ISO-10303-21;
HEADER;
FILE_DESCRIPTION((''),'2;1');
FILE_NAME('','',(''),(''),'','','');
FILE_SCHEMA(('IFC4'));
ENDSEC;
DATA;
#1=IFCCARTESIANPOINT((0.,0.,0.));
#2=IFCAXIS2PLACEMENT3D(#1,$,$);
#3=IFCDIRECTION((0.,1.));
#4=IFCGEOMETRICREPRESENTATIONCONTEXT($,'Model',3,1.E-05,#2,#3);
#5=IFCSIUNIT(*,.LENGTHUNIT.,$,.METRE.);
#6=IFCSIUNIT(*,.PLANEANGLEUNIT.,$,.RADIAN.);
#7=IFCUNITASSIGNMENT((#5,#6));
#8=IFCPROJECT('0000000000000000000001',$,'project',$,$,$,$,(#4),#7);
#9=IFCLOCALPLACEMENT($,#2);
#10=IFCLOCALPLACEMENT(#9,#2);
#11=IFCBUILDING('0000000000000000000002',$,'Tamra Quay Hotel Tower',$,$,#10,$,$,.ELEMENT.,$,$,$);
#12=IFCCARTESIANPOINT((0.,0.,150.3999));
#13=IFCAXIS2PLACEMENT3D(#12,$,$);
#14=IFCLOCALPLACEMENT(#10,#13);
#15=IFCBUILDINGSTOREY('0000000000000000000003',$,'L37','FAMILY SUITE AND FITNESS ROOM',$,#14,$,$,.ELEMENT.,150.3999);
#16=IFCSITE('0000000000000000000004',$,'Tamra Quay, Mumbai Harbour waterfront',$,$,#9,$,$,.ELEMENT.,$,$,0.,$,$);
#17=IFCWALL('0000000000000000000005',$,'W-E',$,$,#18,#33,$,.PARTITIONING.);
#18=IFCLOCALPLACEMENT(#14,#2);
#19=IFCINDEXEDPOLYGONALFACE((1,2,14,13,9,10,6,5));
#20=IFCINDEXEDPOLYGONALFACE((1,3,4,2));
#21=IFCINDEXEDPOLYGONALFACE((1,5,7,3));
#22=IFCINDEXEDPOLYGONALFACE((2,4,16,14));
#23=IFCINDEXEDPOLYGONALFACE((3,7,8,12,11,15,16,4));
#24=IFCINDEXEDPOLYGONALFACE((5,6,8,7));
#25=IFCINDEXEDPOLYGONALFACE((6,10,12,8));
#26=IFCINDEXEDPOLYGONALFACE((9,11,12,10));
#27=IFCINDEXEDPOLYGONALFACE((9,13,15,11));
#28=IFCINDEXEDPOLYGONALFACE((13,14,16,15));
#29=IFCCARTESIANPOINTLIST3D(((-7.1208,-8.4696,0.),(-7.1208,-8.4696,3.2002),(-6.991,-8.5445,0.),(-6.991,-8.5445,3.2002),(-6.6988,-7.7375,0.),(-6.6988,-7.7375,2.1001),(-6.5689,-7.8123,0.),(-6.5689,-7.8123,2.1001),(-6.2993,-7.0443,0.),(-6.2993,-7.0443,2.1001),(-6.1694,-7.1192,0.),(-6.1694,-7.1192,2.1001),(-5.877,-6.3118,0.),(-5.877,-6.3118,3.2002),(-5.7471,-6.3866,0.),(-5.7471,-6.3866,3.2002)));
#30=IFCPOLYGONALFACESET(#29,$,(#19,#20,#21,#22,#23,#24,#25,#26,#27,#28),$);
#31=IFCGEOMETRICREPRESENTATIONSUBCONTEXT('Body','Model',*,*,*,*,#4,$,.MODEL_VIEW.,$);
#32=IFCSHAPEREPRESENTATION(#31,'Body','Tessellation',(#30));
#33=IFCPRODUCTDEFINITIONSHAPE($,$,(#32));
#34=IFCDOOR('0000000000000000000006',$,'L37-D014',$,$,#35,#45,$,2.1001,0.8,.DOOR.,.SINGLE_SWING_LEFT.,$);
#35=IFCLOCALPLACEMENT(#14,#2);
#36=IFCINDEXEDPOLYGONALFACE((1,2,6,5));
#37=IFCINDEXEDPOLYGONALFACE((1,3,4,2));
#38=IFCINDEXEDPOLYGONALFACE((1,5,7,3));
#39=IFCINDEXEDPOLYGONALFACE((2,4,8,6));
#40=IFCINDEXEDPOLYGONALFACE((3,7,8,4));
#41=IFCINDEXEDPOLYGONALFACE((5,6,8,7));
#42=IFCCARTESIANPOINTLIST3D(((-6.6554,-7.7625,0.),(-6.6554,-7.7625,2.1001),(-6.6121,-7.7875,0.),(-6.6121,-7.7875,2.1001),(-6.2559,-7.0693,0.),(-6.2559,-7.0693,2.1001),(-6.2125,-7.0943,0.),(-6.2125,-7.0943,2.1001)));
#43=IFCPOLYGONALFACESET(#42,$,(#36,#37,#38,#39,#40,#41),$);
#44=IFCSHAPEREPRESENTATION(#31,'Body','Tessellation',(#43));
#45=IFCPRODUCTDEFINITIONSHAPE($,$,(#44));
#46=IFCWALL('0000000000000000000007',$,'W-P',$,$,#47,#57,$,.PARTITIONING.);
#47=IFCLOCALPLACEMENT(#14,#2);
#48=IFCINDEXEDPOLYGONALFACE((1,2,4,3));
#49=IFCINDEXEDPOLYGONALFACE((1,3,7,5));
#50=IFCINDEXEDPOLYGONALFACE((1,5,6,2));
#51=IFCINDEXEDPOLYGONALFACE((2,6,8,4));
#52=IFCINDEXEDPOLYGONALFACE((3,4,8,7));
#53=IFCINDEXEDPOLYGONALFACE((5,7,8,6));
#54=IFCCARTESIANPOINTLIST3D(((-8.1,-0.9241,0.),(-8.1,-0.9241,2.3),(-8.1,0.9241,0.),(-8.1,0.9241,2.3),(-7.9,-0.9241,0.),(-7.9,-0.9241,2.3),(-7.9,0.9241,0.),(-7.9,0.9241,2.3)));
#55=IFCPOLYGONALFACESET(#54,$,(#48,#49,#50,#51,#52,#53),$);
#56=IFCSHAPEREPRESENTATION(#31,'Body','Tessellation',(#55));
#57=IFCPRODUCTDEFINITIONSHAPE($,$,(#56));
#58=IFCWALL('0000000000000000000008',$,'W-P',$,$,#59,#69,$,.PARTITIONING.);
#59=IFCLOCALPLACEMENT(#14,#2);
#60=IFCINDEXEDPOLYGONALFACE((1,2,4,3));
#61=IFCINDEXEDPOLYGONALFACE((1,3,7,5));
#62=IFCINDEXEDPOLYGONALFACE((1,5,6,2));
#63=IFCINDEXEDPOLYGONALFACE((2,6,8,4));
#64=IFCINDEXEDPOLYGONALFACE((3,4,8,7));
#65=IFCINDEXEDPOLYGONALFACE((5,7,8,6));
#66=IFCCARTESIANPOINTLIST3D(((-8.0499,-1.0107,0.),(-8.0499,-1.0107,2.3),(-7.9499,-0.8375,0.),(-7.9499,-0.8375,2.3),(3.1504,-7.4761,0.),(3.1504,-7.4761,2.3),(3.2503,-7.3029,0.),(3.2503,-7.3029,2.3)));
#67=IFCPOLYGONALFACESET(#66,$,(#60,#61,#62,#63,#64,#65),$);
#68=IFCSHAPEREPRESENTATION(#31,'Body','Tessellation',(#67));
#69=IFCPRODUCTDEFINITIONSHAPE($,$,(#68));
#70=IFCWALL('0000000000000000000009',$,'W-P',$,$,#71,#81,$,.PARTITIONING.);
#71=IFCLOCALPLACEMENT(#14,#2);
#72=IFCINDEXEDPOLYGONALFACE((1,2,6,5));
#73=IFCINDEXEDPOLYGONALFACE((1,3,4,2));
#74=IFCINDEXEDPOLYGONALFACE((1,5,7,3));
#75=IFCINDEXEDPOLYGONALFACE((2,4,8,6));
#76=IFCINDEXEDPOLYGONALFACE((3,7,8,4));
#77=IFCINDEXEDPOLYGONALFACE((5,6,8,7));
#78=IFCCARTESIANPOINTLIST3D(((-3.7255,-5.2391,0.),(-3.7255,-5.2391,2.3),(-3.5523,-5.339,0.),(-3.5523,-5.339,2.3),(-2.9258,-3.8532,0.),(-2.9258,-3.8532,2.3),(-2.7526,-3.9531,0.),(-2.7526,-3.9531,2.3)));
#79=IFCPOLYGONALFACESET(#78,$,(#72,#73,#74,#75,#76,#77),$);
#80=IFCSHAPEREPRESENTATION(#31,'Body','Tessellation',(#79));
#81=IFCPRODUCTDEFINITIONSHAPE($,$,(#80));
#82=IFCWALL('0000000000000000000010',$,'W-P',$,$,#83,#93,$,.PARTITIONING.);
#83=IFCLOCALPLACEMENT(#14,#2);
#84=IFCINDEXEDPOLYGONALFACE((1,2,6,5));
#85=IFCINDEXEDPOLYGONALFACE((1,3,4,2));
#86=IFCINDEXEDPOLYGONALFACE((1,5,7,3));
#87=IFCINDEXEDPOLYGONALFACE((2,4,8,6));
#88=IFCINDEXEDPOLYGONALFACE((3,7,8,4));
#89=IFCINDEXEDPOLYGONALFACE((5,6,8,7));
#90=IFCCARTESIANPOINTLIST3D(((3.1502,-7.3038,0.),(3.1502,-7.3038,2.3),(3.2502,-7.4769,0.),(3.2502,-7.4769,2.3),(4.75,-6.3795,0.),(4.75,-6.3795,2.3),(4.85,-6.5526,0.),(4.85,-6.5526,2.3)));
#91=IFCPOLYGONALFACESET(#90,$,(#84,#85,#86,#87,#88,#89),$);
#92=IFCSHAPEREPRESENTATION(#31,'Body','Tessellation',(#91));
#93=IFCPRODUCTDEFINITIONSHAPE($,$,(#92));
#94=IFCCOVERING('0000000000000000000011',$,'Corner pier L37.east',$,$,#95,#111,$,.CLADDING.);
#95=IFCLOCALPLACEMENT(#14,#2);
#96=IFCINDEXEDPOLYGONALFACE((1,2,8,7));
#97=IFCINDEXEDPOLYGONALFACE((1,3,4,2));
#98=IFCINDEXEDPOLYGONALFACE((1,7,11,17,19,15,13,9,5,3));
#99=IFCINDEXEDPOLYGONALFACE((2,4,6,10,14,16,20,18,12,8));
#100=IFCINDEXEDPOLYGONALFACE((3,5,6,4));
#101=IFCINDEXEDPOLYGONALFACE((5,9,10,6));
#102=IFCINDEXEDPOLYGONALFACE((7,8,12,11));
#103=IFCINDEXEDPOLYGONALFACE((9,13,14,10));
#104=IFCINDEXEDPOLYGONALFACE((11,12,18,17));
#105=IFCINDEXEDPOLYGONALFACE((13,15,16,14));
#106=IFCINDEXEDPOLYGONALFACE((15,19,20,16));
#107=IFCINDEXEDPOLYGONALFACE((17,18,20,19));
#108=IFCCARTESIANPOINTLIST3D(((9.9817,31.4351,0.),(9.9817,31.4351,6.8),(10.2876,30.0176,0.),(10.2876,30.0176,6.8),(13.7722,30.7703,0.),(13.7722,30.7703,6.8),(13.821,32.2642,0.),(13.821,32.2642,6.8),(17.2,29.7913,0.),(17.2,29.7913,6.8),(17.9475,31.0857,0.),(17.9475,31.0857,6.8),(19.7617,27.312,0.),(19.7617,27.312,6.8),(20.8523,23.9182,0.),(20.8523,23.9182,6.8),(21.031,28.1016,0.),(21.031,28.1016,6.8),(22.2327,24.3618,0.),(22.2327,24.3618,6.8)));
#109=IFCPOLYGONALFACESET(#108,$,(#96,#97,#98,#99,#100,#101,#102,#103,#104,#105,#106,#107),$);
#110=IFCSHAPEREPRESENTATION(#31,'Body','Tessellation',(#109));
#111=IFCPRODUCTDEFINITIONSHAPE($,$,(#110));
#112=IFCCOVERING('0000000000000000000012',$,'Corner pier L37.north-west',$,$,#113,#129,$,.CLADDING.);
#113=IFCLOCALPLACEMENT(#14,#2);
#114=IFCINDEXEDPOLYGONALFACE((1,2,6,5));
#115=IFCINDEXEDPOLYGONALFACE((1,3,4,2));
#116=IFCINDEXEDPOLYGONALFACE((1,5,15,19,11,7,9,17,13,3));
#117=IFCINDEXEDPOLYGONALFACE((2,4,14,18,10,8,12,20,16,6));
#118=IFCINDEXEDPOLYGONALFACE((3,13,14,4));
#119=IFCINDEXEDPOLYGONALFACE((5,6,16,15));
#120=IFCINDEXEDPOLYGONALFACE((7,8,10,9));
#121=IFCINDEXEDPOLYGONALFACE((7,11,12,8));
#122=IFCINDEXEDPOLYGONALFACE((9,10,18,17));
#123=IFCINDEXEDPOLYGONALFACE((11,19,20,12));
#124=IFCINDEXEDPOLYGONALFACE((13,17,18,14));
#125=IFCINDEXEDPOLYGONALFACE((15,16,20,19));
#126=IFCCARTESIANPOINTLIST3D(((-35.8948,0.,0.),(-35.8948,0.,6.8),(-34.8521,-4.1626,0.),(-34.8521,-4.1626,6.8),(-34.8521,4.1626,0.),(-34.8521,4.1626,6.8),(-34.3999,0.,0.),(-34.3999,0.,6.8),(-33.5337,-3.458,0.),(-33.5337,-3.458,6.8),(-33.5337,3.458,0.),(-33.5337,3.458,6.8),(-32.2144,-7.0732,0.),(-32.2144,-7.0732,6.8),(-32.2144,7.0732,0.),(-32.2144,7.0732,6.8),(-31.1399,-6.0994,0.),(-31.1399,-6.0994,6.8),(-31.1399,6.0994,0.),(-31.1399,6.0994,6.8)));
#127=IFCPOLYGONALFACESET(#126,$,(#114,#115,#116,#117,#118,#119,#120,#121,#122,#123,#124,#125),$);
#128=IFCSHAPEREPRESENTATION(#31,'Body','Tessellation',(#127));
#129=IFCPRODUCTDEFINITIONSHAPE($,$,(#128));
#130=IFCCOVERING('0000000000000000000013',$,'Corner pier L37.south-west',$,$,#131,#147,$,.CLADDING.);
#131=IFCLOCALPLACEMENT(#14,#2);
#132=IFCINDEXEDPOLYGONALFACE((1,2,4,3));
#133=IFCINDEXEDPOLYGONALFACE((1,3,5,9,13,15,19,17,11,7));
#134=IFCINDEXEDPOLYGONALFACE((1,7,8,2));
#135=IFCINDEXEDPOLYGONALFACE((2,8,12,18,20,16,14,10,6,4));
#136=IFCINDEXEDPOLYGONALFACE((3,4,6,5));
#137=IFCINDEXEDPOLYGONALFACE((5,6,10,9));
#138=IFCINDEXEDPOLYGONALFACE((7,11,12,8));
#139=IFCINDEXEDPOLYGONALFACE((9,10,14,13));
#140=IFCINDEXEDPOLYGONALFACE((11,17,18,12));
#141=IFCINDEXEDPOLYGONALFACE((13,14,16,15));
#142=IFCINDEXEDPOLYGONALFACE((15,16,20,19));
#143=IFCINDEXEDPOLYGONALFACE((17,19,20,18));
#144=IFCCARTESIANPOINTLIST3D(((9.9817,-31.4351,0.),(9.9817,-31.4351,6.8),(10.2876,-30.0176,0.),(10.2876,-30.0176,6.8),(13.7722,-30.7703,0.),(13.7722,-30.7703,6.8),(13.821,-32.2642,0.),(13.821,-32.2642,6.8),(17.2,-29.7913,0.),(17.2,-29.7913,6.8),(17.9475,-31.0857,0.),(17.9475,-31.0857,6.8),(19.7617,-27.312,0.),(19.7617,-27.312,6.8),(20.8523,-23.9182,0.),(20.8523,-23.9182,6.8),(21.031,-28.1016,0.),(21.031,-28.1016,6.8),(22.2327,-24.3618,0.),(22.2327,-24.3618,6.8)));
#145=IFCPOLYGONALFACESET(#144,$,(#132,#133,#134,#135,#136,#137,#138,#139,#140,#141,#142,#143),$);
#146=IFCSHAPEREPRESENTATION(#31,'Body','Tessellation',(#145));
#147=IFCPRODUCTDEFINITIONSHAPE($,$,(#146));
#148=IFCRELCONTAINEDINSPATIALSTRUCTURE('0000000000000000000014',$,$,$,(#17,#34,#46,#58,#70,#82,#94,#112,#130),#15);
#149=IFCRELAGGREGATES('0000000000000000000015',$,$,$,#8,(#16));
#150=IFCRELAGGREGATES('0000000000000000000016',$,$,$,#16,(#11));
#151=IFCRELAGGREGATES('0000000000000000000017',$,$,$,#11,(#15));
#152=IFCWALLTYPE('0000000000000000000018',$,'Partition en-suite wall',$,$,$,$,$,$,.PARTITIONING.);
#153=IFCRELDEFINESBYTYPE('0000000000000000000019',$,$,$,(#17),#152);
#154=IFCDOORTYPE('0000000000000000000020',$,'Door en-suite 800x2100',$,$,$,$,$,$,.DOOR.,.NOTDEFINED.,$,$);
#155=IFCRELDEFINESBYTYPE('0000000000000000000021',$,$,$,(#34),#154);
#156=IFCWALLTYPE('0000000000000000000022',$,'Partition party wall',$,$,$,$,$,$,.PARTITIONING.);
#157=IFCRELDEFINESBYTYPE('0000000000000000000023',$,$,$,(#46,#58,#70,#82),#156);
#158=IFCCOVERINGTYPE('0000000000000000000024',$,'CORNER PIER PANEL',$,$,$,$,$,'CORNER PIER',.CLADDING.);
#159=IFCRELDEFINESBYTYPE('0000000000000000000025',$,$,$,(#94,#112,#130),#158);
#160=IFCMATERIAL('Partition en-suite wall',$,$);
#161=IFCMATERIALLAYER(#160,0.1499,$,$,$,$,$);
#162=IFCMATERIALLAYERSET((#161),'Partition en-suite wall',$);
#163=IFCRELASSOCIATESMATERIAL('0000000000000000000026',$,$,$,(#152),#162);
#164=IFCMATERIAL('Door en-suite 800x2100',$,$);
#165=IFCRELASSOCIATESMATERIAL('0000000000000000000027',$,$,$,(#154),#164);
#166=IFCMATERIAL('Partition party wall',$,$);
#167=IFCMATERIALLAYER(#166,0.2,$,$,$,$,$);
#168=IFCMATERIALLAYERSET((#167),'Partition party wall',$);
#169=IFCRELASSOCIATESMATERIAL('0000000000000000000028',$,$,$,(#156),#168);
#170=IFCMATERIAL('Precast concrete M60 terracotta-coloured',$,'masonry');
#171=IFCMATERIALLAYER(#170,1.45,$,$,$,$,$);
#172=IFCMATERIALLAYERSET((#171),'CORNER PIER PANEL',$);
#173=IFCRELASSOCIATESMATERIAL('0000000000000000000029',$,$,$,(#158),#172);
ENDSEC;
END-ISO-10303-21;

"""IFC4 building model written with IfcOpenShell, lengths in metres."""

from ifc_helpers import new_model, si_unit, direction, frame, frame_2d, origin, place, context, subcontext, project, spatial, polyline, rectangle, outline, extrude, material, layer, layer_set, type_object, element, fill, save


model = new_model("IFC4")

# Units and contexts
model_context = context("Model", 3, precision=1e-05, world=origin(), true_north=direction((0.0, 1.0)))
body_context = subcontext(model_context, "Body", "Model", "MODEL_VIEW")
ifc_project = project(units=[si_unit("LENGTHUNIT", "METRE"), si_unit("PLANEANGLEUNIT", "RADIAN")], contexts=[model_context])

# Site, building, storey
site_placement = place(None, origin())
site = spatial("IfcSite", under=ifc_project, at=site_placement, Name="Tamra Quay, Mumbai Harbour waterfront", CompositionType="ELEMENT", RefElevation=0.0)
building_placement = place(site_placement, origin())
building = spatial("IfcBuilding", under=site, at=building_placement, Name="Tamra Quay Hotel Tower", CompositionType="ELEMENT")
storey_placement = place(building_placement, frame((0.0, 0.0, 150.3999)))
storey = spatial("IfcBuildingStorey", under=building, at=storey_placement, Name="L37", Description="FAMILY SUITE AND FITNESS ROOM", CompositionType="ELEMENT", Elevation=150.3999)

# Shared definitions
ifc_material_1 = material(Name="Partition en-suite wall")
ifc_layer_1 = layer(ifc_material_1, 0.1499)
ifc_layer_set_1 = layer_set([ifc_layer_1], Name="Partition en-suite wall")
wall_type_1 = type_object("IfcWallType", Name="Partition en-suite wall", PredefinedType="PARTITIONING", material=ifc_layer_set_1)

# Wall, opening, door
wall_1_placement = place(storey_placement, frame((-7.0559, -8.5071, 0.0), z_axis=(0.0, 0.0, 1.0), x_axis=(0.499397, 0.866373, 0.0)))
wall_1 = element("IfcWall", 1, at=wall_1_placement, inside=storey, type_object=wall_type_1, Name="W-E", PredefinedType="PARTITIONING", context=body_context, shape_type="SweptSolid", body=[
    extrude(rectangle(XDim=2.4907, YDim=0.1499, at=frame_2d((1.2454, 0.0))), origin(), (0.0, 0.0, 1.0), 3.2002),
])
opening_1_placement = place(wall_1_placement, frame((0.8452, 0.0, 0.0)))
opening_1 = element("IfcOpeningElement", 2, at=opening_1_placement, cuts=wall_1, PredefinedType="OPENING", context=body_context, shape_type="SweptSolid", body=[
    extrude(rectangle(XDim=0.8, YDim=2.1001, at=frame_2d((0.3999, 1.05))), frame((0.0, 0.085, 0.0), z_axis=(0.0, -1.0, 0.0), x_axis=(1.0, 0.0, 0.0)), (0.0, 0.0, 1.0), 0.1699),
])
ifc_material_2 = material(Name="Door en-suite 800x2100")
door_type_1 = type_object("IfcDoorType", Name="Door en-suite 800x2100", OperationType="NOTDEFINED", PredefinedType="DOOR", material=ifc_material_2)
door_1_placement = place(opening_1_placement, origin())
door_1 = element("IfcDoor", 3, at=door_1_placement, inside=storey, type_object=door_type_1, Name="L37-D014", OperationType="SINGLE_SWING_LEFT", OverallHeight=2.1001, OverallWidth=0.8, PredefinedType="DOOR", context=body_context, shape_type="SweptSolid", body=[
    extrude(rectangle(XDim=0.8, YDim=2.1001, at=frame_2d((0.3999, 1.05))), frame((0.0, 0.0249, 0.0), z_axis=(0.0, -1.0, 0.0), x_axis=(1.0, 0.0, 0.0)), (0.0, 0.0, 1.0), 0.05),
])
fill(opening_1, door_1)

# Walls
ifc_material_3 = material(Name="Partition party wall")
ifc_layer_2 = layer(ifc_material_3, 0.2)
ifc_layer_set_2 = layer_set([ifc_layer_2], Name="Partition party wall")
wall_type_2 = type_object("IfcWallType", Name="Partition party wall", PredefinedType="PARTITIONING", material=ifc_layer_set_2)
wall_2_placement = place(storey_placement, frame((-8.0, -0.9241, 0.0), z_axis=(0.0, 0.0, 1.0), x_axis=(0.0, 1.0, 0.0)))
element("IfcWall", 4, at=wall_2_placement, inside=storey, type_object=wall_type_2, Name="W-P", PredefinedType="PARTITIONING", context=body_context, shape_type="SweptSolid", body=[
    extrude(rectangle(XDim=1.8481, YDim=0.2, at=frame_2d((0.9241, 0.0))), origin(), (0.0, 0.0, 1.0), 2.3),
])
wall_3_placement = place(storey_placement, frame((-8.0, -0.9241, 0.0), z_axis=(0.0, 0.0, 1.0), x_axis=(0.866062, -0.499936, 0.0)))
element("IfcWall", 5, at=wall_3_placement, inside=storey, type_object=wall_type_2, Name="W-P", PredefinedType="PARTITIONING", context=body_context, shape_type="SweptSolid", body=[
    extrude(rectangle(XDim=12.9324, YDim=0.2, at=frame_2d((6.4663, 0.0))), origin(), (0.0, 0.0, 1.0), 2.3),
])
wall_4_placement = place(storey_placement, frame((-3.6389, -5.2891, 0.0), z_axis=(0.0, 0.0, 1.0), x_axis=(0.499815, 0.866132, 0.0)))
element("IfcWall", 6, at=wall_4_placement, inside=storey, type_object=wall_type_2, Name="W-P", PredefinedType="PARTITIONING", context=body_context, shape_type="SweptSolid", body=[
    extrude(rectangle(XDim=1.6001, YDim=0.2, at=frame_2d((0.8, 0.0))), origin(), (0.0, 0.0, 1.0), 2.3),
])
wall_5_placement = place(storey_placement, frame((3.2002, -7.3904, 0.0), z_axis=(0.0, 0.0, 1.0), x_axis=(0.865875, 0.50026, 0.0)))
element("IfcWall", 7, at=wall_5_placement, inside=storey, type_object=wall_type_2, Name="W-P", PredefinedType="PARTITIONING", context=body_context, shape_type="SweptSolid", body=[
    extrude(rectangle(XDim=1.8477, YDim=0.2, at=frame_2d((0.9238, 0.0))), origin(), (0.0, 0.0, 1.0), 2.3),
])

# Coverings
ifc_material_4 = material(Name="Precast concrete M60 terracotta-coloured", Category="masonry")
ifc_layer_3 = layer(ifc_material_4, 1.45)
ifc_layer_set_3 = layer_set([ifc_layer_3], Name="CORNER PIER PANEL")
covering_type = type_object("IfcCoveringType", Name="CORNER PIER PANEL", ElementType="CORNER PIER", PredefinedType="CLADDING", material=ifc_layer_set_3)
covering_1_placement = place(storey_placement, origin())
element("IfcCovering", 8, at=covering_1_placement, inside=storey, type_object=covering_type, Name="Corner pier L37.east", PredefinedType="CLADDING", context=body_context, shape_type="SweptSolid", body=[
    extrude(outline(polyline([(20.8523, 23.9182), (22.2327, 24.3618), (21.031, 28.1016), (17.9475, 31.0857), (13.821, 32.2642), (9.9817, 31.4351), (10.2876, 30.0176), (13.7722, 30.7703), (17.2, 29.7913), (19.7617, 27.312), (20.8523, 23.9182)])), origin(), (0.0, 0.0, 1.0), 6.8),
])
covering_2_placement = place(storey_placement, origin())
element("IfcCovering", 9, at=covering_2_placement, inside=storey, type_object=covering_type, Name="Corner pier L37.north-west", PredefinedType="CLADDING", context=body_context, shape_type="SweptSolid", body=[
    extrude(outline(polyline([(-31.1399, 6.0994), (-32.2144, 7.0732), (-34.8521, 4.1626), (-35.8948, 0.0), (-34.8521, -4.1626), (-32.2144, -7.0732), (-31.1399, -6.0994), (-33.5337, -3.458), (-34.3999, 0.0), (-33.5337, 3.458), (-31.1399, 6.0994)])), origin(), (0.0, 0.0, 1.0), 6.8),
])
covering_3_placement = place(storey_placement, origin())
element("IfcCovering", 10, at=covering_3_placement, inside=storey, type_object=covering_type, Name="Corner pier L37.south-west", PredefinedType="CLADDING", context=body_context, shape_type="SweptSolid", body=[
    extrude(outline(polyline([(10.2876, -30.0176), (9.9817, -31.4351), (13.821, -32.2642), (17.9475, -31.0857), (21.031, -28.1016), (22.2327, -24.3618), (20.8523, -23.9182), (19.7617, -27.312), (17.2, -29.7913), (13.7722, -30.7703), (10.2876, -30.0176)])), origin(), (0.0, 0.0, 1.0), 6.8),
])

save(model, "model.ifc")
